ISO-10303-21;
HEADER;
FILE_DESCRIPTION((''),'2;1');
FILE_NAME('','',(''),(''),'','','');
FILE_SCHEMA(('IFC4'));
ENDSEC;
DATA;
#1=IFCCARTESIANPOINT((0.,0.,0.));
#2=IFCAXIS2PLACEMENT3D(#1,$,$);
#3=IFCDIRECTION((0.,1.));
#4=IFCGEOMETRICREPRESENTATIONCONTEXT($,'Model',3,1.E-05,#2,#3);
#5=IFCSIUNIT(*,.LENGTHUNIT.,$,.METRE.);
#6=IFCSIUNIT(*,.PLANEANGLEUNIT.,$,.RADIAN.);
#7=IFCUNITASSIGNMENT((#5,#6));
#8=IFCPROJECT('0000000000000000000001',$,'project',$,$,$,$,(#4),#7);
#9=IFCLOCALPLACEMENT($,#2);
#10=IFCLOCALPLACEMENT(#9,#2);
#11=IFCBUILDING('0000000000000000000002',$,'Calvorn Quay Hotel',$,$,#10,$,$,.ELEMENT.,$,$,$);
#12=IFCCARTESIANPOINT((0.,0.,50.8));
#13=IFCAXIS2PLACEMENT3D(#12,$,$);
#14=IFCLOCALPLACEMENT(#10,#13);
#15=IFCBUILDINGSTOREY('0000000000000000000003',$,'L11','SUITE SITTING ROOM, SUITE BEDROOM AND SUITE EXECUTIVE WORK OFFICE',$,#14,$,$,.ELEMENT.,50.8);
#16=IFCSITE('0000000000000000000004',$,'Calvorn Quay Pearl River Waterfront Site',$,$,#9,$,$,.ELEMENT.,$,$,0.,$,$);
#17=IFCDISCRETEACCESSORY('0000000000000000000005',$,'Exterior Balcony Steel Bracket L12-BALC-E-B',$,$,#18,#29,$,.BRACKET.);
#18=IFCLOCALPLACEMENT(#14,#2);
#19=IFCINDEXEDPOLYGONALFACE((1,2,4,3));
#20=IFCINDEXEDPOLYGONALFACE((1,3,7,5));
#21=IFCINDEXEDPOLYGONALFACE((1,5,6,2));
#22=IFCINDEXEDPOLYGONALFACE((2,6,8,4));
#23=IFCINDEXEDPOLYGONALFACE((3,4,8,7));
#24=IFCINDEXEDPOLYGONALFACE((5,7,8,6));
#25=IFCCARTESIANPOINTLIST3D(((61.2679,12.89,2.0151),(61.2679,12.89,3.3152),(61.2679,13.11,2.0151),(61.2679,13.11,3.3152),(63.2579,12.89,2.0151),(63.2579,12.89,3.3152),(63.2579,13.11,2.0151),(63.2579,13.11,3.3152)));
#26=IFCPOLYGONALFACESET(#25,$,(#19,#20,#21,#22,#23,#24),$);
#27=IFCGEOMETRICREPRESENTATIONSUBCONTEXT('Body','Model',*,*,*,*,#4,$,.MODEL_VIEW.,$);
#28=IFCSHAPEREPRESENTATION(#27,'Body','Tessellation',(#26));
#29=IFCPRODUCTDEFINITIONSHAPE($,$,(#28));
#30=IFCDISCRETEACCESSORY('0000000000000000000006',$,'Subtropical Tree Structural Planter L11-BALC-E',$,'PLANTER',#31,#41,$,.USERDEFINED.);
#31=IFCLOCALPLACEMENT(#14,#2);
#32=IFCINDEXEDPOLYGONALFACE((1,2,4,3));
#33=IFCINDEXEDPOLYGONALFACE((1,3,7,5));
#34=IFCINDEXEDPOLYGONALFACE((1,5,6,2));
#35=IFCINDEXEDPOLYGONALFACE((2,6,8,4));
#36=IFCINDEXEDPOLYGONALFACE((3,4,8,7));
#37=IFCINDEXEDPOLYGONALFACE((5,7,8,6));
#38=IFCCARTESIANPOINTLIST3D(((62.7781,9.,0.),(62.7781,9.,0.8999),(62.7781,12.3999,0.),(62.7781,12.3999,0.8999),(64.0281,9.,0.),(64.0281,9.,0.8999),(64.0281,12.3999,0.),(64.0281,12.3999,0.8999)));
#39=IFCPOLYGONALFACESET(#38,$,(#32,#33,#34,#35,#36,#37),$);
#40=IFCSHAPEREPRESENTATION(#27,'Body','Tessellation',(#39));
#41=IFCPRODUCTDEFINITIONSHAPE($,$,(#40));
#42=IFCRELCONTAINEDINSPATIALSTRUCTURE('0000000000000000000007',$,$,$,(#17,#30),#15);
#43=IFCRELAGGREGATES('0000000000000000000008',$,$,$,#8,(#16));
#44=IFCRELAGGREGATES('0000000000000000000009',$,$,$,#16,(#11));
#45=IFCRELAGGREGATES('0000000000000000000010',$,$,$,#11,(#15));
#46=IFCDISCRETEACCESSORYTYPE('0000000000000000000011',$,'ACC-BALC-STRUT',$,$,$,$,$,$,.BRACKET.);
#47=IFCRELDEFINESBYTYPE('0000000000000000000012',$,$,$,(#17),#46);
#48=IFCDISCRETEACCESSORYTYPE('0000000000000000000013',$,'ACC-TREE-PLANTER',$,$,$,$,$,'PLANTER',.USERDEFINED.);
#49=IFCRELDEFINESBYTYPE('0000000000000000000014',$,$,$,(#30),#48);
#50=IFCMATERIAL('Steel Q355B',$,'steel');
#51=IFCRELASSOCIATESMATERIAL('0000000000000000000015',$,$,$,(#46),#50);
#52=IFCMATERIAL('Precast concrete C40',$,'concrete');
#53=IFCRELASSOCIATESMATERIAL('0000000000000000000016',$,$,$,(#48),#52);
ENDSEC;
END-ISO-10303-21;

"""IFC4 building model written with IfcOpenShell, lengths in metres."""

from ifc_helpers import new_model, si_unit, direction, frame, origin, origin_2d, place, context, subcontext, project, spatial, rectangle, extrude, material, type_object, element, save


model = new_model("IFC4")

# Units and contexts
model_context = context("Model", 3, precision=1e-05, world=origin(), true_north=direction((0.0, 1.0)))
body_context = subcontext(model_context, "Body", "Model", "MODEL_VIEW")
ifc_project = project(units=[si_unit("LENGTHUNIT", "METRE"), si_unit("PLANEANGLEUNIT", "RADIAN")], contexts=[model_context])

# Site, building, storey
site_placement = place(None, origin())
site = spatial("IfcSite", under=ifc_project, at=site_placement, Name="Calvorn Quay Pearl River Waterfront Site", CompositionType="ELEMENT", RefElevation=0.0)
building_placement = place(site_placement, origin())
building = spatial("IfcBuilding", under=site, at=building_placement, Name="Calvorn Quay Hotel", CompositionType="ELEMENT")
storey_placement = place(building_placement, frame((0.0, 0.0, 50.8)))
storey = spatial("IfcBuildingStorey", under=building, at=storey_placement, Name="L11", Description="SUITE SITTING ROOM, SUITE BEDROOM AND SUITE EXECUTIVE WORK OFFICE", CompositionType="ELEMENT", Elevation=50.8)

# Discrete accessories
ifc_material_1 = material(Name="Steel Q355B", Category="steel")
discrete_accessory_type_1 = type_object("IfcDiscreteAccessoryType", Name="ACC-BALC-STRUT", PredefinedType="BRACKET", material=ifc_material_1)
for number, where, z_axis, x_axis, name in (
    (1, (62.2629, 13.0, 2.0151), (0.0, 0.0, 1.0), (1.0, 0.0, 0.0), "Exterior Balcony Steel Bracket L12-BALC-E-B"),
):
    element("IfcDiscreteAccessory", number, at=place(storey_placement, frame(where, z_axis=z_axis, x_axis=x_axis)), inside=storey, type_object=discrete_accessory_type_1, Name=name, PredefinedType="BRACKET", context=body_context, shape_type="SweptSolid", body=[
        extrude(rectangle(XDim=1.99, YDim=0.22, at=origin_2d()), origin(), (0.0, 0.0, 1.0), 1.3),
    ])
ifc_material_2 = material(Name="Precast concrete C40", Category="concrete")
discrete_accessory_type_2 = type_object("IfcDiscreteAccessoryType", Name="ACC-TREE-PLANTER", ElementType="PLANTER", PredefinedType="USERDEFINED", material=ifc_material_2)
discrete_accessory_placement = place(storey_placement, frame((63.4031, 10.7, 0.0), z_axis=(0.0, 0.0, 1.0), x_axis=(1.0, 0.0, 0.0)))
element("IfcDiscreteAccessory", 2, at=discrete_accessory_placement, inside=storey, type_object=discrete_accessory_type_2, Name="Subtropical Tree Structural Planter L11-BALC-E", ObjectType="PLANTER", PredefinedType="USERDEFINED", context=body_context, shape_type="SweptSolid", body=[
    extrude(rectangle(XDim=1.25, YDim=3.3999, at=origin_2d()), origin(), (0.0, 0.0, 1.0), 0.8999),
])

save(model, "model.ifc")
